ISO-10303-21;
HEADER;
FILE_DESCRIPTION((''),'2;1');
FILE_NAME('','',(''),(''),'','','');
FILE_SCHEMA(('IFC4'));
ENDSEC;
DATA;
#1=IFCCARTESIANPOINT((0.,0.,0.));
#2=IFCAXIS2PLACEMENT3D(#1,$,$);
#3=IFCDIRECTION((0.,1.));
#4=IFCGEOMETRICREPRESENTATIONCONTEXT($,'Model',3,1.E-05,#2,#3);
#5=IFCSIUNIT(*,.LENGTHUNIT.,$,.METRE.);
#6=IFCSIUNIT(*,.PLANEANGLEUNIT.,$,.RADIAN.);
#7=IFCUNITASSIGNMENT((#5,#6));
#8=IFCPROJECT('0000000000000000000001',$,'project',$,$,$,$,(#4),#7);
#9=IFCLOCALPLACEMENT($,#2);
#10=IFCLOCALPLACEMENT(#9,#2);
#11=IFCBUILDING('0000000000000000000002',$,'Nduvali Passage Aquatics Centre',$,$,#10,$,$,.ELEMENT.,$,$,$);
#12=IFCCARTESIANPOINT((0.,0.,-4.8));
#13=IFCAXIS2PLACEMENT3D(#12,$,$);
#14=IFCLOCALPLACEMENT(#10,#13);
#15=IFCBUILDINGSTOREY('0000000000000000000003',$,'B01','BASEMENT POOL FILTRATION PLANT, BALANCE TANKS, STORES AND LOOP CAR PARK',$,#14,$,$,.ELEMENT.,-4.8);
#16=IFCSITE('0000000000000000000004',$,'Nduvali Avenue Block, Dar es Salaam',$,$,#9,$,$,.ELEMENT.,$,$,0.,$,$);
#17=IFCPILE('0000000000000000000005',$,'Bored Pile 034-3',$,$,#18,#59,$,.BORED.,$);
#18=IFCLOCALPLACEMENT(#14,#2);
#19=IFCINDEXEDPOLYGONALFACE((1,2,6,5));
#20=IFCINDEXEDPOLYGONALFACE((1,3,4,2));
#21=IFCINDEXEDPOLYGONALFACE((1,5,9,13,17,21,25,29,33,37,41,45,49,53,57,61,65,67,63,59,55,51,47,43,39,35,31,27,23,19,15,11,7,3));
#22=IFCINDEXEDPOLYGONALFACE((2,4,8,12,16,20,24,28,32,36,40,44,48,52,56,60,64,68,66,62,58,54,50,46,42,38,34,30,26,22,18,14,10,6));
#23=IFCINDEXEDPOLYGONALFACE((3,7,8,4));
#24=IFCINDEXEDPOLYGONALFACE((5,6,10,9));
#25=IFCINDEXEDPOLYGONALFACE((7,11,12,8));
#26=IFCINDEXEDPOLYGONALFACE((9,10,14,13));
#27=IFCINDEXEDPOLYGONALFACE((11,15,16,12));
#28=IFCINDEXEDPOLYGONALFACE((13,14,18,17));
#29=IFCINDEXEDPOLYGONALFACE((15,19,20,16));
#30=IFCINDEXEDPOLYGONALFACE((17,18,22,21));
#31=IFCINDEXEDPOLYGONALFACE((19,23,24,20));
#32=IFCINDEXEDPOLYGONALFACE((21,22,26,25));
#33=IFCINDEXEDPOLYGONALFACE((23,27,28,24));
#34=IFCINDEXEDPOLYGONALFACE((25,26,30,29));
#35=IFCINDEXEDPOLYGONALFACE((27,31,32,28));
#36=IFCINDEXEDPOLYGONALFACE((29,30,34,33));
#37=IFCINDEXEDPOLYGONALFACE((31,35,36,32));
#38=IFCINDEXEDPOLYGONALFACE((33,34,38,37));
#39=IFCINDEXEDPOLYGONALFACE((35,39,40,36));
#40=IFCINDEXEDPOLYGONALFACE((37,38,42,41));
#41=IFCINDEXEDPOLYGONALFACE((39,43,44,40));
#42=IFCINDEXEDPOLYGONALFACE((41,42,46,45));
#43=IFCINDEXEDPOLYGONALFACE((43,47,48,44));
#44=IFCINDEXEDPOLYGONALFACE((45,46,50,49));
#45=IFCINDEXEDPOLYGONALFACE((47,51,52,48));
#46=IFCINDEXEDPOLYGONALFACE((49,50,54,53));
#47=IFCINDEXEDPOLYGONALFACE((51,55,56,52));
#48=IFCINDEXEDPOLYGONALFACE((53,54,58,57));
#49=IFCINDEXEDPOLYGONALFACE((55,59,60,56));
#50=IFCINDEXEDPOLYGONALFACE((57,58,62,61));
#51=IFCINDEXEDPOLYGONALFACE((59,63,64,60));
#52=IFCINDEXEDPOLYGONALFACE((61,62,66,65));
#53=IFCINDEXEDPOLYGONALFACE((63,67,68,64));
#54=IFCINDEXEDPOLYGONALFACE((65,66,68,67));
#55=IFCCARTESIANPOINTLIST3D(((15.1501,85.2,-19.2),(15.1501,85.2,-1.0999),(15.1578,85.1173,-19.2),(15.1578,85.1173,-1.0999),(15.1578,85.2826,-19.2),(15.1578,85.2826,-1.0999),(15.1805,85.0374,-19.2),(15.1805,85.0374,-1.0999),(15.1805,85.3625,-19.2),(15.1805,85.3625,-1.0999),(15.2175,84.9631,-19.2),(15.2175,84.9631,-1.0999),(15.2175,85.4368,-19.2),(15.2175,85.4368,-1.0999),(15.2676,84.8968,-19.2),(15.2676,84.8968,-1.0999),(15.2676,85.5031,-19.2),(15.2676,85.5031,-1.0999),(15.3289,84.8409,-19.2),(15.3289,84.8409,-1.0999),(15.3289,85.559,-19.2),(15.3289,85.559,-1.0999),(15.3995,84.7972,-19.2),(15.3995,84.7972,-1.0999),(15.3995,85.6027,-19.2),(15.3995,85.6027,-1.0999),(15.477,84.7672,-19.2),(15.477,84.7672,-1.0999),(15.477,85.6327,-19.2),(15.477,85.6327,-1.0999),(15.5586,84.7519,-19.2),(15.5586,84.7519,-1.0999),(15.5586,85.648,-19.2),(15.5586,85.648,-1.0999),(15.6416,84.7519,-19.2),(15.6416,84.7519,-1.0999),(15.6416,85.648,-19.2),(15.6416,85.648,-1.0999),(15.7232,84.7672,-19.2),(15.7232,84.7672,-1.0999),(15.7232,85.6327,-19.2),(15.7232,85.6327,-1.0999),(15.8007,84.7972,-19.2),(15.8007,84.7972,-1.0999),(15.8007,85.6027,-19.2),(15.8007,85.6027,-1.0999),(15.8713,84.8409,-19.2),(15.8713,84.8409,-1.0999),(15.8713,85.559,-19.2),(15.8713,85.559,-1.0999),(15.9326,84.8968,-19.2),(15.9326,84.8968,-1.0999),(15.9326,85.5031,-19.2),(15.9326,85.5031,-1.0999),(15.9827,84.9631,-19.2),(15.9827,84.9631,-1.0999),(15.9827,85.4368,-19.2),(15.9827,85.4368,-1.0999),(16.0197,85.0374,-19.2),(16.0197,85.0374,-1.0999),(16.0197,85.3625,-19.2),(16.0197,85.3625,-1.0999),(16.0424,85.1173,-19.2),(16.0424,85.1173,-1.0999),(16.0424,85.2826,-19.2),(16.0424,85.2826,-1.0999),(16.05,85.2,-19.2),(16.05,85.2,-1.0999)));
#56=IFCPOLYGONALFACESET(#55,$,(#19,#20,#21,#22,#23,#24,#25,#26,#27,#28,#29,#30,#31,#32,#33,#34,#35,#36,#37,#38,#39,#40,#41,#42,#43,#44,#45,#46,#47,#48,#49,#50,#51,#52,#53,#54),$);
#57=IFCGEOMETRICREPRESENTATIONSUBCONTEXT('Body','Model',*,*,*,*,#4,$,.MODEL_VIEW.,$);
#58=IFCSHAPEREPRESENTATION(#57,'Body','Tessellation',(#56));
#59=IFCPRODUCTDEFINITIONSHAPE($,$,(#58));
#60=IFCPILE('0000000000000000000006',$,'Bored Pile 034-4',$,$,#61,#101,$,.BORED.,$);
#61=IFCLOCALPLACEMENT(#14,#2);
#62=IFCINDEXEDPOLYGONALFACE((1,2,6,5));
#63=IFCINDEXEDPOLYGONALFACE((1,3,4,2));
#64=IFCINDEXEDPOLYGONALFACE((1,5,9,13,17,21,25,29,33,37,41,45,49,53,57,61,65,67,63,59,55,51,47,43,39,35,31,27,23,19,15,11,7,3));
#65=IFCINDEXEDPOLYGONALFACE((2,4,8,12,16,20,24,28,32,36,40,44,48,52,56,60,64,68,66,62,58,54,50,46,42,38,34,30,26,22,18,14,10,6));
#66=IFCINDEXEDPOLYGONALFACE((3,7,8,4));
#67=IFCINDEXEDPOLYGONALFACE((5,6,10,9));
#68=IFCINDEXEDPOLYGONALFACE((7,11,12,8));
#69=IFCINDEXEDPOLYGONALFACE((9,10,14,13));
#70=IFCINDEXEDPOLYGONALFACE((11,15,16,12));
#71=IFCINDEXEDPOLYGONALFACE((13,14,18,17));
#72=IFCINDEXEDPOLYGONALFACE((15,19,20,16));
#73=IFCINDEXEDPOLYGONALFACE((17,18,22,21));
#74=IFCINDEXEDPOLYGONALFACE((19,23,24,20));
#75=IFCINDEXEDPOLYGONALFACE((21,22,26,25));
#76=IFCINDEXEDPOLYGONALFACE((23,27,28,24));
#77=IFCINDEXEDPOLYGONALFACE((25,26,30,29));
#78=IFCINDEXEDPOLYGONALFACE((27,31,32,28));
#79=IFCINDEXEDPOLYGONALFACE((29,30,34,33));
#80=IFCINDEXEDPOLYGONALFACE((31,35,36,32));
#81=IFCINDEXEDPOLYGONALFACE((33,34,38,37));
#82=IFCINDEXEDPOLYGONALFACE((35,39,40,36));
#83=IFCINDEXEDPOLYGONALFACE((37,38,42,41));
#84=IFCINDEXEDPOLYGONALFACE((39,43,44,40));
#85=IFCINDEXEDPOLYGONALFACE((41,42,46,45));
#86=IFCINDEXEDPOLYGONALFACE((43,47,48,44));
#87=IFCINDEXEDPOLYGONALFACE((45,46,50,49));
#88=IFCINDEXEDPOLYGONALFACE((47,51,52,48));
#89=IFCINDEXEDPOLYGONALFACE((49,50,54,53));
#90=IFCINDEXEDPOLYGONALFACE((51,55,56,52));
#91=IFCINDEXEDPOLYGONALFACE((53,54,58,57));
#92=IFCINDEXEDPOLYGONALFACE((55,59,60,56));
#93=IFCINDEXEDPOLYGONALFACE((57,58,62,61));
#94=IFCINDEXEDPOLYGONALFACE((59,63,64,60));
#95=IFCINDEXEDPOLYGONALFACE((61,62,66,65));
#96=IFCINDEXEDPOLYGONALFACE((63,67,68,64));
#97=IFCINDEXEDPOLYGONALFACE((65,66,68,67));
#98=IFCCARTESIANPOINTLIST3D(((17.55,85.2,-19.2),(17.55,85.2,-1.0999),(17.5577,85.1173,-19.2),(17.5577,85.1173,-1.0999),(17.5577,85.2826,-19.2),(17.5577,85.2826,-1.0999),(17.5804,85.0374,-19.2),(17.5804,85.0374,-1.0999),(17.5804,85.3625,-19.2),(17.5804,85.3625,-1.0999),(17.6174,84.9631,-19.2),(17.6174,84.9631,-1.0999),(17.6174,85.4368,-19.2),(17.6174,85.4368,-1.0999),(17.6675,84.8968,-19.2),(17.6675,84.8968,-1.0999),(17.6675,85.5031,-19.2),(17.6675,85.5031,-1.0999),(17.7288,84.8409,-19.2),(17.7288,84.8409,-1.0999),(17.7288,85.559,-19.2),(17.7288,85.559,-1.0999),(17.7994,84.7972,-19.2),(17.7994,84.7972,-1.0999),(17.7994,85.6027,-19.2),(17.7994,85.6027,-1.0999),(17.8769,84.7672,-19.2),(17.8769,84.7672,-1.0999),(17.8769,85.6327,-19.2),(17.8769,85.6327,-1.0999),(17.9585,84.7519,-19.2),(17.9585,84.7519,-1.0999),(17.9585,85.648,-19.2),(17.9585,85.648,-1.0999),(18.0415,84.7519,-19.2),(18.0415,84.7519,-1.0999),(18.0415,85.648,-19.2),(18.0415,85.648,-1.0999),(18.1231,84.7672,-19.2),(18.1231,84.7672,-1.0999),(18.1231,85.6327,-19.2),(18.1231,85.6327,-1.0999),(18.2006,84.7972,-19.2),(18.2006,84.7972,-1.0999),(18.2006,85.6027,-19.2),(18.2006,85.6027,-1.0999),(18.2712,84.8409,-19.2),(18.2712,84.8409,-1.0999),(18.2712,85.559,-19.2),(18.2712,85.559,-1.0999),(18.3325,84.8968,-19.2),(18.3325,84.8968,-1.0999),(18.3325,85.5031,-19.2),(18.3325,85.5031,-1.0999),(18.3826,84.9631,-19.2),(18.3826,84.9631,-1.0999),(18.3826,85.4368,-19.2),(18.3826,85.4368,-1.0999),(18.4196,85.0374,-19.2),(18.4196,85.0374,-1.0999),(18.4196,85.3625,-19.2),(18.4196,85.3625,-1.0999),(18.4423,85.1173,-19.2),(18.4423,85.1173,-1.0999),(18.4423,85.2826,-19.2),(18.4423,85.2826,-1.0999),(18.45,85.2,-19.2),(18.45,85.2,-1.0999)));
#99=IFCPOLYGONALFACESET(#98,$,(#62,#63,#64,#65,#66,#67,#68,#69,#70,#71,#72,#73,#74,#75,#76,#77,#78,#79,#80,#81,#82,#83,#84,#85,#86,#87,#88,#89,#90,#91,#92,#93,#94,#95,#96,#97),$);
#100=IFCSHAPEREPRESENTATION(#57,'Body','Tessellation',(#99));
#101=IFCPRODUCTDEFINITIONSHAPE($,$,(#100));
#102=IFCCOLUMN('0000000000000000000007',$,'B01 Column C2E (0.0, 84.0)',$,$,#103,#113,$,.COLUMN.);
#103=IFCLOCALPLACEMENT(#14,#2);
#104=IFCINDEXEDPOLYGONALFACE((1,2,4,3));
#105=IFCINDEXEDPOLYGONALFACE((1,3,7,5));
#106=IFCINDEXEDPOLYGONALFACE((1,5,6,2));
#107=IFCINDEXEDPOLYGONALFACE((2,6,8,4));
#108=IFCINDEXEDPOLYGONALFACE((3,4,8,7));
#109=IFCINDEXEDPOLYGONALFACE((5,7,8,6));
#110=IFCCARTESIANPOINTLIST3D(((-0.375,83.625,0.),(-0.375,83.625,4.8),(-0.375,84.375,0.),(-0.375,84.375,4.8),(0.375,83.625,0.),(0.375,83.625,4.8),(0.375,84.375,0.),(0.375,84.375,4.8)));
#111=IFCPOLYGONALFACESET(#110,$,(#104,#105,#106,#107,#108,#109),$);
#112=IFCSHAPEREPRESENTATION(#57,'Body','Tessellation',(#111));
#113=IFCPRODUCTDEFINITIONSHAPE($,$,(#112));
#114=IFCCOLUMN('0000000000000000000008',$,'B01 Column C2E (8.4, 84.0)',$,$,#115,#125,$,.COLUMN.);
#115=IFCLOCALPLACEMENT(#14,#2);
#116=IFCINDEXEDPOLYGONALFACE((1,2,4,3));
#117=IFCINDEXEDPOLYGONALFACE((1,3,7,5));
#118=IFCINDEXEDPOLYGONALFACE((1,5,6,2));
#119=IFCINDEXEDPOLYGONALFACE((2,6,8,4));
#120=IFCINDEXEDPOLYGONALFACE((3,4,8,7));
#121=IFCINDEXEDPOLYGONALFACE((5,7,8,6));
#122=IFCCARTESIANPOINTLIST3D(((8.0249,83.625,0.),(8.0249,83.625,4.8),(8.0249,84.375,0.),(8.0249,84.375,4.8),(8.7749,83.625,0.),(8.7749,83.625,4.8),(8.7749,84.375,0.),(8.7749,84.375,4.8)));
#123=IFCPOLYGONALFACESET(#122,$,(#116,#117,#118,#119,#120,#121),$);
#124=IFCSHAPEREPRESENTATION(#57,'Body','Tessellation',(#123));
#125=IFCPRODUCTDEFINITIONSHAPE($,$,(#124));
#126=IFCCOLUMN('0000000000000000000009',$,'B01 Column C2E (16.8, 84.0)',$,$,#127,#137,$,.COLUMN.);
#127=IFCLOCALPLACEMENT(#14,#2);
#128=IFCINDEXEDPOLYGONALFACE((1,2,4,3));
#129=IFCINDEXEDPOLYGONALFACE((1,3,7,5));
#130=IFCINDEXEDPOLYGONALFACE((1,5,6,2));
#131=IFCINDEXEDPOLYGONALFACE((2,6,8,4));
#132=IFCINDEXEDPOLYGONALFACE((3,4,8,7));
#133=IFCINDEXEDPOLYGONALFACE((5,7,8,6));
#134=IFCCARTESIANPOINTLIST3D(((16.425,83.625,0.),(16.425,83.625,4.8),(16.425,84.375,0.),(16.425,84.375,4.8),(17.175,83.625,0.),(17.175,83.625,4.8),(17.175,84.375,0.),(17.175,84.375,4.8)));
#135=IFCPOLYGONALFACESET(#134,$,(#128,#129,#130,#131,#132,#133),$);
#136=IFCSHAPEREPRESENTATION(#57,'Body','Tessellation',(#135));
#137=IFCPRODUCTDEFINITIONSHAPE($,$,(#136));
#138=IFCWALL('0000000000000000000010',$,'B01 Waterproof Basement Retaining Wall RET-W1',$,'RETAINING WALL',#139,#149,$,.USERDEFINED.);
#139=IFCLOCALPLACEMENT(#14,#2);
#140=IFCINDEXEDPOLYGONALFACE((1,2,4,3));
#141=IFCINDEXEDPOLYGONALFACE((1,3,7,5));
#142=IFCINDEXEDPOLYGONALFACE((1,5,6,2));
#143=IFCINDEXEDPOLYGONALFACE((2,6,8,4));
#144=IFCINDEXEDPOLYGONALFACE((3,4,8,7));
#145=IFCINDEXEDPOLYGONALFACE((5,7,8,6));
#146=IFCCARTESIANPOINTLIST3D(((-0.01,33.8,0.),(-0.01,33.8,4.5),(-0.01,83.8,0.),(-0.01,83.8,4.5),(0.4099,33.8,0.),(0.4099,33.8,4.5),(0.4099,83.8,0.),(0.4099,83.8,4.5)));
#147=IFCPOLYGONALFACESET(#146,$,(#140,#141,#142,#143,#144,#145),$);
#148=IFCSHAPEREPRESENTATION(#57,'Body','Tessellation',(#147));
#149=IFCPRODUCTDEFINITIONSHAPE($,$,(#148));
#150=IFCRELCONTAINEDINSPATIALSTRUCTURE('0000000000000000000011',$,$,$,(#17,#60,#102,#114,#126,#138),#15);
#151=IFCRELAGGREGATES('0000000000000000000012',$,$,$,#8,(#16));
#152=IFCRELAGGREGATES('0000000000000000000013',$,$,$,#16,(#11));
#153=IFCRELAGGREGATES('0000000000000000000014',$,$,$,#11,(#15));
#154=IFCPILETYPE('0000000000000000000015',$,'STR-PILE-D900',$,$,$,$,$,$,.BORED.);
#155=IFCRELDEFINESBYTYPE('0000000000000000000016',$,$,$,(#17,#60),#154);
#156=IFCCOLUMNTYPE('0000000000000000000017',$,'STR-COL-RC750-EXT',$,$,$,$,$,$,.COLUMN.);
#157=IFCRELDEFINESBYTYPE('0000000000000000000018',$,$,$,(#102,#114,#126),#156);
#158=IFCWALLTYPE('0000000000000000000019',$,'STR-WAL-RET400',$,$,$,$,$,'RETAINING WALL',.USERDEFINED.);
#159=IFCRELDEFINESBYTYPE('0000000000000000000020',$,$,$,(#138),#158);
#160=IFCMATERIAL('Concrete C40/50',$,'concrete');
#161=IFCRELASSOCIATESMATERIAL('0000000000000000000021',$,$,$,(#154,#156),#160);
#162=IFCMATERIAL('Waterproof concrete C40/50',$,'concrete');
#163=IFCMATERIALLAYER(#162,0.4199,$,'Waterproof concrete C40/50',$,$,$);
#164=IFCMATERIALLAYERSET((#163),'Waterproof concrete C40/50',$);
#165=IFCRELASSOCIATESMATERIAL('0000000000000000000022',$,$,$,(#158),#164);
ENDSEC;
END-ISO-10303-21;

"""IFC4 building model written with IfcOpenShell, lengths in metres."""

from ifc_helpers import new_model, si_unit, direction, frame, frame_2d, origin, origin_2d, place, context, subcontext, project, spatial, rectangle, circle, extrude, material, layer, layer_set, material_profile, profile_set, type_object, element, save


model = new_model("IFC4")

# Units and contexts
model_context = context("Model", 3, precision=1e-05, world=origin(), true_north=direction((0.0, 1.0)))
body_context = subcontext(model_context, "Body", "Model", "MODEL_VIEW")
ifc_project = project(units=[si_unit("LENGTHUNIT", "METRE"), si_unit("PLANEANGLEUNIT", "RADIAN")], contexts=[model_context])

# Site, building, storey
site_placement = place(None, origin())
site = spatial("IfcSite", under=ifc_project, at=site_placement, Name="Nduvali Avenue Block, Dar es Salaam", CompositionType="ELEMENT", RefElevation=0.0)
building_placement = place(site_placement, origin())
building = spatial("IfcBuilding", under=site, at=building_placement, Name="Nduvali Passage Aquatics Centre", CompositionType="ELEMENT")
storey_placement = place(building_placement, frame((0.0, 0.0, -4.8)))
storey = spatial("IfcBuildingStorey", under=building, at=storey_placement, Name="B01", Description="BASEMENT POOL FILTRATION PLANT, BALANCE TANKS, STORES AND LOOP CAR PARK", CompositionType="ELEMENT", Elevation=-4.8)

# Shared definitions
ifc_material_1 = material(Name="Concrete C40/50", Category="concrete")

# Piles
ifc_material_profile_1 = material_profile(ifc_material_1, circle(Radius=0.45, at=origin_2d()), Name="PILE D900")
ifc_profile_set_1 = profile_set([ifc_material_profile_1], Name="Concrete C40/50")
pile_type_1 = type_object("IfcPileType", Name="STR-PILE-D900", PredefinedType="BORED", material=ifc_profile_set_1)
for number, where, z_axis, x_axis, name in (
    (1, (15.6001, 85.2, -1.0999), (0.0, 0.0, -1.0), (1.0, 0.0, 0.0), "Bored Pile 034-3"),
    (2, (18.0, 85.2, -1.0999), (0.0, 0.0, -1.0), (1.0, 0.0, 0.0), "Bored Pile 034-4"),
):
    element("IfcPile", number, at=place(storey_placement, frame(where, z_axis=z_axis, x_axis=x_axis)), inside=storey, type_object=pile_type_1, Name=name, PredefinedType="BORED", context=body_context, shape_type="SweptSolid", body=[
        extrude(circle(Radius=0.45, at=origin_2d()), origin(), (0.0, 0.0, 1.0), 18.1001),
    ])

# Columns
ifc_material_profile_2 = material_profile(ifc_material_1, rectangle(XDim=0.75, YDim=0.75, at=origin_2d()), Name="RC 750x750")
ifc_profile_set_2 = profile_set([ifc_material_profile_2], Name="Concrete C40/50")
column_type = type_object("IfcColumnType", Name="STR-COL-RC750-EXT", PredefinedType="COLUMN", material=ifc_profile_set_2)
for number, where, z_axis, x_axis, name in (
    (3, (0.0, 84.0, 0.0), (0.0, 0.0, 1.0), (1.0, 0.0, 0.0), "B01 Column C2E (0.0, 84.0)"),
    (4, (8.3999, 84.0, 0.0), (0.0, 0.0, 1.0), (1.0, 0.0, 0.0), "B01 Column C2E (8.4, 84.0)"),
    (5, (16.8, 84.0, 0.0), (0.0, 0.0, 1.0), (1.0, 0.0, 0.0), "B01 Column C2E (16.8, 84.0)"),
):
    element("IfcColumn", number, at=place(storey_placement, frame(where, z_axis=z_axis, x_axis=x_axis)), inside=storey, type_object=column_type, Name=name, PredefinedType="COLUMN", context=body_context, shape_type="SweptSolid", body=[
        extrude(rectangle(XDim=0.75, YDim=0.75, at=origin_2d()), origin(), (0.0, 0.0, 1.0), 4.8),
    ])

# Wall
ifc_material_2 = material(Name="Waterproof concrete C40/50", Category="concrete")
ifc_layer = layer(ifc_material_2, 0.4199, Name="Waterproof concrete C40/50")
ifc_layer_set = layer_set([ifc_layer], Name="Waterproof concrete C40/50")
wall_type = type_object("IfcWallType", Name="STR-WAL-RET400", ElementType="RETAINING WALL", PredefinedType="USERDEFINED", material=ifc_layer_set)
wall_placement = place(storey_placement, frame((0.2, 83.8, 0.0), z_axis=(0.0, 0.0, 1.0), x_axis=(0.0, -1.0, 0.0)))
element("IfcWall", 6, at=wall_placement, inside=storey, type_object=wall_type, Name="B01 Waterproof Basement Retaining Wall RET-W1", ObjectType="RETAINING WALL", PredefinedType="USERDEFINED", context=body_context, shape_type="SweptSolid", body=[
    extrude(rectangle(XDim=50.0, YDim=0.4199, at=frame_2d((25.0, 0.0))), origin(), (0.0, 0.0, 1.0), 4.5),
])

save(model, "model.ifc")
